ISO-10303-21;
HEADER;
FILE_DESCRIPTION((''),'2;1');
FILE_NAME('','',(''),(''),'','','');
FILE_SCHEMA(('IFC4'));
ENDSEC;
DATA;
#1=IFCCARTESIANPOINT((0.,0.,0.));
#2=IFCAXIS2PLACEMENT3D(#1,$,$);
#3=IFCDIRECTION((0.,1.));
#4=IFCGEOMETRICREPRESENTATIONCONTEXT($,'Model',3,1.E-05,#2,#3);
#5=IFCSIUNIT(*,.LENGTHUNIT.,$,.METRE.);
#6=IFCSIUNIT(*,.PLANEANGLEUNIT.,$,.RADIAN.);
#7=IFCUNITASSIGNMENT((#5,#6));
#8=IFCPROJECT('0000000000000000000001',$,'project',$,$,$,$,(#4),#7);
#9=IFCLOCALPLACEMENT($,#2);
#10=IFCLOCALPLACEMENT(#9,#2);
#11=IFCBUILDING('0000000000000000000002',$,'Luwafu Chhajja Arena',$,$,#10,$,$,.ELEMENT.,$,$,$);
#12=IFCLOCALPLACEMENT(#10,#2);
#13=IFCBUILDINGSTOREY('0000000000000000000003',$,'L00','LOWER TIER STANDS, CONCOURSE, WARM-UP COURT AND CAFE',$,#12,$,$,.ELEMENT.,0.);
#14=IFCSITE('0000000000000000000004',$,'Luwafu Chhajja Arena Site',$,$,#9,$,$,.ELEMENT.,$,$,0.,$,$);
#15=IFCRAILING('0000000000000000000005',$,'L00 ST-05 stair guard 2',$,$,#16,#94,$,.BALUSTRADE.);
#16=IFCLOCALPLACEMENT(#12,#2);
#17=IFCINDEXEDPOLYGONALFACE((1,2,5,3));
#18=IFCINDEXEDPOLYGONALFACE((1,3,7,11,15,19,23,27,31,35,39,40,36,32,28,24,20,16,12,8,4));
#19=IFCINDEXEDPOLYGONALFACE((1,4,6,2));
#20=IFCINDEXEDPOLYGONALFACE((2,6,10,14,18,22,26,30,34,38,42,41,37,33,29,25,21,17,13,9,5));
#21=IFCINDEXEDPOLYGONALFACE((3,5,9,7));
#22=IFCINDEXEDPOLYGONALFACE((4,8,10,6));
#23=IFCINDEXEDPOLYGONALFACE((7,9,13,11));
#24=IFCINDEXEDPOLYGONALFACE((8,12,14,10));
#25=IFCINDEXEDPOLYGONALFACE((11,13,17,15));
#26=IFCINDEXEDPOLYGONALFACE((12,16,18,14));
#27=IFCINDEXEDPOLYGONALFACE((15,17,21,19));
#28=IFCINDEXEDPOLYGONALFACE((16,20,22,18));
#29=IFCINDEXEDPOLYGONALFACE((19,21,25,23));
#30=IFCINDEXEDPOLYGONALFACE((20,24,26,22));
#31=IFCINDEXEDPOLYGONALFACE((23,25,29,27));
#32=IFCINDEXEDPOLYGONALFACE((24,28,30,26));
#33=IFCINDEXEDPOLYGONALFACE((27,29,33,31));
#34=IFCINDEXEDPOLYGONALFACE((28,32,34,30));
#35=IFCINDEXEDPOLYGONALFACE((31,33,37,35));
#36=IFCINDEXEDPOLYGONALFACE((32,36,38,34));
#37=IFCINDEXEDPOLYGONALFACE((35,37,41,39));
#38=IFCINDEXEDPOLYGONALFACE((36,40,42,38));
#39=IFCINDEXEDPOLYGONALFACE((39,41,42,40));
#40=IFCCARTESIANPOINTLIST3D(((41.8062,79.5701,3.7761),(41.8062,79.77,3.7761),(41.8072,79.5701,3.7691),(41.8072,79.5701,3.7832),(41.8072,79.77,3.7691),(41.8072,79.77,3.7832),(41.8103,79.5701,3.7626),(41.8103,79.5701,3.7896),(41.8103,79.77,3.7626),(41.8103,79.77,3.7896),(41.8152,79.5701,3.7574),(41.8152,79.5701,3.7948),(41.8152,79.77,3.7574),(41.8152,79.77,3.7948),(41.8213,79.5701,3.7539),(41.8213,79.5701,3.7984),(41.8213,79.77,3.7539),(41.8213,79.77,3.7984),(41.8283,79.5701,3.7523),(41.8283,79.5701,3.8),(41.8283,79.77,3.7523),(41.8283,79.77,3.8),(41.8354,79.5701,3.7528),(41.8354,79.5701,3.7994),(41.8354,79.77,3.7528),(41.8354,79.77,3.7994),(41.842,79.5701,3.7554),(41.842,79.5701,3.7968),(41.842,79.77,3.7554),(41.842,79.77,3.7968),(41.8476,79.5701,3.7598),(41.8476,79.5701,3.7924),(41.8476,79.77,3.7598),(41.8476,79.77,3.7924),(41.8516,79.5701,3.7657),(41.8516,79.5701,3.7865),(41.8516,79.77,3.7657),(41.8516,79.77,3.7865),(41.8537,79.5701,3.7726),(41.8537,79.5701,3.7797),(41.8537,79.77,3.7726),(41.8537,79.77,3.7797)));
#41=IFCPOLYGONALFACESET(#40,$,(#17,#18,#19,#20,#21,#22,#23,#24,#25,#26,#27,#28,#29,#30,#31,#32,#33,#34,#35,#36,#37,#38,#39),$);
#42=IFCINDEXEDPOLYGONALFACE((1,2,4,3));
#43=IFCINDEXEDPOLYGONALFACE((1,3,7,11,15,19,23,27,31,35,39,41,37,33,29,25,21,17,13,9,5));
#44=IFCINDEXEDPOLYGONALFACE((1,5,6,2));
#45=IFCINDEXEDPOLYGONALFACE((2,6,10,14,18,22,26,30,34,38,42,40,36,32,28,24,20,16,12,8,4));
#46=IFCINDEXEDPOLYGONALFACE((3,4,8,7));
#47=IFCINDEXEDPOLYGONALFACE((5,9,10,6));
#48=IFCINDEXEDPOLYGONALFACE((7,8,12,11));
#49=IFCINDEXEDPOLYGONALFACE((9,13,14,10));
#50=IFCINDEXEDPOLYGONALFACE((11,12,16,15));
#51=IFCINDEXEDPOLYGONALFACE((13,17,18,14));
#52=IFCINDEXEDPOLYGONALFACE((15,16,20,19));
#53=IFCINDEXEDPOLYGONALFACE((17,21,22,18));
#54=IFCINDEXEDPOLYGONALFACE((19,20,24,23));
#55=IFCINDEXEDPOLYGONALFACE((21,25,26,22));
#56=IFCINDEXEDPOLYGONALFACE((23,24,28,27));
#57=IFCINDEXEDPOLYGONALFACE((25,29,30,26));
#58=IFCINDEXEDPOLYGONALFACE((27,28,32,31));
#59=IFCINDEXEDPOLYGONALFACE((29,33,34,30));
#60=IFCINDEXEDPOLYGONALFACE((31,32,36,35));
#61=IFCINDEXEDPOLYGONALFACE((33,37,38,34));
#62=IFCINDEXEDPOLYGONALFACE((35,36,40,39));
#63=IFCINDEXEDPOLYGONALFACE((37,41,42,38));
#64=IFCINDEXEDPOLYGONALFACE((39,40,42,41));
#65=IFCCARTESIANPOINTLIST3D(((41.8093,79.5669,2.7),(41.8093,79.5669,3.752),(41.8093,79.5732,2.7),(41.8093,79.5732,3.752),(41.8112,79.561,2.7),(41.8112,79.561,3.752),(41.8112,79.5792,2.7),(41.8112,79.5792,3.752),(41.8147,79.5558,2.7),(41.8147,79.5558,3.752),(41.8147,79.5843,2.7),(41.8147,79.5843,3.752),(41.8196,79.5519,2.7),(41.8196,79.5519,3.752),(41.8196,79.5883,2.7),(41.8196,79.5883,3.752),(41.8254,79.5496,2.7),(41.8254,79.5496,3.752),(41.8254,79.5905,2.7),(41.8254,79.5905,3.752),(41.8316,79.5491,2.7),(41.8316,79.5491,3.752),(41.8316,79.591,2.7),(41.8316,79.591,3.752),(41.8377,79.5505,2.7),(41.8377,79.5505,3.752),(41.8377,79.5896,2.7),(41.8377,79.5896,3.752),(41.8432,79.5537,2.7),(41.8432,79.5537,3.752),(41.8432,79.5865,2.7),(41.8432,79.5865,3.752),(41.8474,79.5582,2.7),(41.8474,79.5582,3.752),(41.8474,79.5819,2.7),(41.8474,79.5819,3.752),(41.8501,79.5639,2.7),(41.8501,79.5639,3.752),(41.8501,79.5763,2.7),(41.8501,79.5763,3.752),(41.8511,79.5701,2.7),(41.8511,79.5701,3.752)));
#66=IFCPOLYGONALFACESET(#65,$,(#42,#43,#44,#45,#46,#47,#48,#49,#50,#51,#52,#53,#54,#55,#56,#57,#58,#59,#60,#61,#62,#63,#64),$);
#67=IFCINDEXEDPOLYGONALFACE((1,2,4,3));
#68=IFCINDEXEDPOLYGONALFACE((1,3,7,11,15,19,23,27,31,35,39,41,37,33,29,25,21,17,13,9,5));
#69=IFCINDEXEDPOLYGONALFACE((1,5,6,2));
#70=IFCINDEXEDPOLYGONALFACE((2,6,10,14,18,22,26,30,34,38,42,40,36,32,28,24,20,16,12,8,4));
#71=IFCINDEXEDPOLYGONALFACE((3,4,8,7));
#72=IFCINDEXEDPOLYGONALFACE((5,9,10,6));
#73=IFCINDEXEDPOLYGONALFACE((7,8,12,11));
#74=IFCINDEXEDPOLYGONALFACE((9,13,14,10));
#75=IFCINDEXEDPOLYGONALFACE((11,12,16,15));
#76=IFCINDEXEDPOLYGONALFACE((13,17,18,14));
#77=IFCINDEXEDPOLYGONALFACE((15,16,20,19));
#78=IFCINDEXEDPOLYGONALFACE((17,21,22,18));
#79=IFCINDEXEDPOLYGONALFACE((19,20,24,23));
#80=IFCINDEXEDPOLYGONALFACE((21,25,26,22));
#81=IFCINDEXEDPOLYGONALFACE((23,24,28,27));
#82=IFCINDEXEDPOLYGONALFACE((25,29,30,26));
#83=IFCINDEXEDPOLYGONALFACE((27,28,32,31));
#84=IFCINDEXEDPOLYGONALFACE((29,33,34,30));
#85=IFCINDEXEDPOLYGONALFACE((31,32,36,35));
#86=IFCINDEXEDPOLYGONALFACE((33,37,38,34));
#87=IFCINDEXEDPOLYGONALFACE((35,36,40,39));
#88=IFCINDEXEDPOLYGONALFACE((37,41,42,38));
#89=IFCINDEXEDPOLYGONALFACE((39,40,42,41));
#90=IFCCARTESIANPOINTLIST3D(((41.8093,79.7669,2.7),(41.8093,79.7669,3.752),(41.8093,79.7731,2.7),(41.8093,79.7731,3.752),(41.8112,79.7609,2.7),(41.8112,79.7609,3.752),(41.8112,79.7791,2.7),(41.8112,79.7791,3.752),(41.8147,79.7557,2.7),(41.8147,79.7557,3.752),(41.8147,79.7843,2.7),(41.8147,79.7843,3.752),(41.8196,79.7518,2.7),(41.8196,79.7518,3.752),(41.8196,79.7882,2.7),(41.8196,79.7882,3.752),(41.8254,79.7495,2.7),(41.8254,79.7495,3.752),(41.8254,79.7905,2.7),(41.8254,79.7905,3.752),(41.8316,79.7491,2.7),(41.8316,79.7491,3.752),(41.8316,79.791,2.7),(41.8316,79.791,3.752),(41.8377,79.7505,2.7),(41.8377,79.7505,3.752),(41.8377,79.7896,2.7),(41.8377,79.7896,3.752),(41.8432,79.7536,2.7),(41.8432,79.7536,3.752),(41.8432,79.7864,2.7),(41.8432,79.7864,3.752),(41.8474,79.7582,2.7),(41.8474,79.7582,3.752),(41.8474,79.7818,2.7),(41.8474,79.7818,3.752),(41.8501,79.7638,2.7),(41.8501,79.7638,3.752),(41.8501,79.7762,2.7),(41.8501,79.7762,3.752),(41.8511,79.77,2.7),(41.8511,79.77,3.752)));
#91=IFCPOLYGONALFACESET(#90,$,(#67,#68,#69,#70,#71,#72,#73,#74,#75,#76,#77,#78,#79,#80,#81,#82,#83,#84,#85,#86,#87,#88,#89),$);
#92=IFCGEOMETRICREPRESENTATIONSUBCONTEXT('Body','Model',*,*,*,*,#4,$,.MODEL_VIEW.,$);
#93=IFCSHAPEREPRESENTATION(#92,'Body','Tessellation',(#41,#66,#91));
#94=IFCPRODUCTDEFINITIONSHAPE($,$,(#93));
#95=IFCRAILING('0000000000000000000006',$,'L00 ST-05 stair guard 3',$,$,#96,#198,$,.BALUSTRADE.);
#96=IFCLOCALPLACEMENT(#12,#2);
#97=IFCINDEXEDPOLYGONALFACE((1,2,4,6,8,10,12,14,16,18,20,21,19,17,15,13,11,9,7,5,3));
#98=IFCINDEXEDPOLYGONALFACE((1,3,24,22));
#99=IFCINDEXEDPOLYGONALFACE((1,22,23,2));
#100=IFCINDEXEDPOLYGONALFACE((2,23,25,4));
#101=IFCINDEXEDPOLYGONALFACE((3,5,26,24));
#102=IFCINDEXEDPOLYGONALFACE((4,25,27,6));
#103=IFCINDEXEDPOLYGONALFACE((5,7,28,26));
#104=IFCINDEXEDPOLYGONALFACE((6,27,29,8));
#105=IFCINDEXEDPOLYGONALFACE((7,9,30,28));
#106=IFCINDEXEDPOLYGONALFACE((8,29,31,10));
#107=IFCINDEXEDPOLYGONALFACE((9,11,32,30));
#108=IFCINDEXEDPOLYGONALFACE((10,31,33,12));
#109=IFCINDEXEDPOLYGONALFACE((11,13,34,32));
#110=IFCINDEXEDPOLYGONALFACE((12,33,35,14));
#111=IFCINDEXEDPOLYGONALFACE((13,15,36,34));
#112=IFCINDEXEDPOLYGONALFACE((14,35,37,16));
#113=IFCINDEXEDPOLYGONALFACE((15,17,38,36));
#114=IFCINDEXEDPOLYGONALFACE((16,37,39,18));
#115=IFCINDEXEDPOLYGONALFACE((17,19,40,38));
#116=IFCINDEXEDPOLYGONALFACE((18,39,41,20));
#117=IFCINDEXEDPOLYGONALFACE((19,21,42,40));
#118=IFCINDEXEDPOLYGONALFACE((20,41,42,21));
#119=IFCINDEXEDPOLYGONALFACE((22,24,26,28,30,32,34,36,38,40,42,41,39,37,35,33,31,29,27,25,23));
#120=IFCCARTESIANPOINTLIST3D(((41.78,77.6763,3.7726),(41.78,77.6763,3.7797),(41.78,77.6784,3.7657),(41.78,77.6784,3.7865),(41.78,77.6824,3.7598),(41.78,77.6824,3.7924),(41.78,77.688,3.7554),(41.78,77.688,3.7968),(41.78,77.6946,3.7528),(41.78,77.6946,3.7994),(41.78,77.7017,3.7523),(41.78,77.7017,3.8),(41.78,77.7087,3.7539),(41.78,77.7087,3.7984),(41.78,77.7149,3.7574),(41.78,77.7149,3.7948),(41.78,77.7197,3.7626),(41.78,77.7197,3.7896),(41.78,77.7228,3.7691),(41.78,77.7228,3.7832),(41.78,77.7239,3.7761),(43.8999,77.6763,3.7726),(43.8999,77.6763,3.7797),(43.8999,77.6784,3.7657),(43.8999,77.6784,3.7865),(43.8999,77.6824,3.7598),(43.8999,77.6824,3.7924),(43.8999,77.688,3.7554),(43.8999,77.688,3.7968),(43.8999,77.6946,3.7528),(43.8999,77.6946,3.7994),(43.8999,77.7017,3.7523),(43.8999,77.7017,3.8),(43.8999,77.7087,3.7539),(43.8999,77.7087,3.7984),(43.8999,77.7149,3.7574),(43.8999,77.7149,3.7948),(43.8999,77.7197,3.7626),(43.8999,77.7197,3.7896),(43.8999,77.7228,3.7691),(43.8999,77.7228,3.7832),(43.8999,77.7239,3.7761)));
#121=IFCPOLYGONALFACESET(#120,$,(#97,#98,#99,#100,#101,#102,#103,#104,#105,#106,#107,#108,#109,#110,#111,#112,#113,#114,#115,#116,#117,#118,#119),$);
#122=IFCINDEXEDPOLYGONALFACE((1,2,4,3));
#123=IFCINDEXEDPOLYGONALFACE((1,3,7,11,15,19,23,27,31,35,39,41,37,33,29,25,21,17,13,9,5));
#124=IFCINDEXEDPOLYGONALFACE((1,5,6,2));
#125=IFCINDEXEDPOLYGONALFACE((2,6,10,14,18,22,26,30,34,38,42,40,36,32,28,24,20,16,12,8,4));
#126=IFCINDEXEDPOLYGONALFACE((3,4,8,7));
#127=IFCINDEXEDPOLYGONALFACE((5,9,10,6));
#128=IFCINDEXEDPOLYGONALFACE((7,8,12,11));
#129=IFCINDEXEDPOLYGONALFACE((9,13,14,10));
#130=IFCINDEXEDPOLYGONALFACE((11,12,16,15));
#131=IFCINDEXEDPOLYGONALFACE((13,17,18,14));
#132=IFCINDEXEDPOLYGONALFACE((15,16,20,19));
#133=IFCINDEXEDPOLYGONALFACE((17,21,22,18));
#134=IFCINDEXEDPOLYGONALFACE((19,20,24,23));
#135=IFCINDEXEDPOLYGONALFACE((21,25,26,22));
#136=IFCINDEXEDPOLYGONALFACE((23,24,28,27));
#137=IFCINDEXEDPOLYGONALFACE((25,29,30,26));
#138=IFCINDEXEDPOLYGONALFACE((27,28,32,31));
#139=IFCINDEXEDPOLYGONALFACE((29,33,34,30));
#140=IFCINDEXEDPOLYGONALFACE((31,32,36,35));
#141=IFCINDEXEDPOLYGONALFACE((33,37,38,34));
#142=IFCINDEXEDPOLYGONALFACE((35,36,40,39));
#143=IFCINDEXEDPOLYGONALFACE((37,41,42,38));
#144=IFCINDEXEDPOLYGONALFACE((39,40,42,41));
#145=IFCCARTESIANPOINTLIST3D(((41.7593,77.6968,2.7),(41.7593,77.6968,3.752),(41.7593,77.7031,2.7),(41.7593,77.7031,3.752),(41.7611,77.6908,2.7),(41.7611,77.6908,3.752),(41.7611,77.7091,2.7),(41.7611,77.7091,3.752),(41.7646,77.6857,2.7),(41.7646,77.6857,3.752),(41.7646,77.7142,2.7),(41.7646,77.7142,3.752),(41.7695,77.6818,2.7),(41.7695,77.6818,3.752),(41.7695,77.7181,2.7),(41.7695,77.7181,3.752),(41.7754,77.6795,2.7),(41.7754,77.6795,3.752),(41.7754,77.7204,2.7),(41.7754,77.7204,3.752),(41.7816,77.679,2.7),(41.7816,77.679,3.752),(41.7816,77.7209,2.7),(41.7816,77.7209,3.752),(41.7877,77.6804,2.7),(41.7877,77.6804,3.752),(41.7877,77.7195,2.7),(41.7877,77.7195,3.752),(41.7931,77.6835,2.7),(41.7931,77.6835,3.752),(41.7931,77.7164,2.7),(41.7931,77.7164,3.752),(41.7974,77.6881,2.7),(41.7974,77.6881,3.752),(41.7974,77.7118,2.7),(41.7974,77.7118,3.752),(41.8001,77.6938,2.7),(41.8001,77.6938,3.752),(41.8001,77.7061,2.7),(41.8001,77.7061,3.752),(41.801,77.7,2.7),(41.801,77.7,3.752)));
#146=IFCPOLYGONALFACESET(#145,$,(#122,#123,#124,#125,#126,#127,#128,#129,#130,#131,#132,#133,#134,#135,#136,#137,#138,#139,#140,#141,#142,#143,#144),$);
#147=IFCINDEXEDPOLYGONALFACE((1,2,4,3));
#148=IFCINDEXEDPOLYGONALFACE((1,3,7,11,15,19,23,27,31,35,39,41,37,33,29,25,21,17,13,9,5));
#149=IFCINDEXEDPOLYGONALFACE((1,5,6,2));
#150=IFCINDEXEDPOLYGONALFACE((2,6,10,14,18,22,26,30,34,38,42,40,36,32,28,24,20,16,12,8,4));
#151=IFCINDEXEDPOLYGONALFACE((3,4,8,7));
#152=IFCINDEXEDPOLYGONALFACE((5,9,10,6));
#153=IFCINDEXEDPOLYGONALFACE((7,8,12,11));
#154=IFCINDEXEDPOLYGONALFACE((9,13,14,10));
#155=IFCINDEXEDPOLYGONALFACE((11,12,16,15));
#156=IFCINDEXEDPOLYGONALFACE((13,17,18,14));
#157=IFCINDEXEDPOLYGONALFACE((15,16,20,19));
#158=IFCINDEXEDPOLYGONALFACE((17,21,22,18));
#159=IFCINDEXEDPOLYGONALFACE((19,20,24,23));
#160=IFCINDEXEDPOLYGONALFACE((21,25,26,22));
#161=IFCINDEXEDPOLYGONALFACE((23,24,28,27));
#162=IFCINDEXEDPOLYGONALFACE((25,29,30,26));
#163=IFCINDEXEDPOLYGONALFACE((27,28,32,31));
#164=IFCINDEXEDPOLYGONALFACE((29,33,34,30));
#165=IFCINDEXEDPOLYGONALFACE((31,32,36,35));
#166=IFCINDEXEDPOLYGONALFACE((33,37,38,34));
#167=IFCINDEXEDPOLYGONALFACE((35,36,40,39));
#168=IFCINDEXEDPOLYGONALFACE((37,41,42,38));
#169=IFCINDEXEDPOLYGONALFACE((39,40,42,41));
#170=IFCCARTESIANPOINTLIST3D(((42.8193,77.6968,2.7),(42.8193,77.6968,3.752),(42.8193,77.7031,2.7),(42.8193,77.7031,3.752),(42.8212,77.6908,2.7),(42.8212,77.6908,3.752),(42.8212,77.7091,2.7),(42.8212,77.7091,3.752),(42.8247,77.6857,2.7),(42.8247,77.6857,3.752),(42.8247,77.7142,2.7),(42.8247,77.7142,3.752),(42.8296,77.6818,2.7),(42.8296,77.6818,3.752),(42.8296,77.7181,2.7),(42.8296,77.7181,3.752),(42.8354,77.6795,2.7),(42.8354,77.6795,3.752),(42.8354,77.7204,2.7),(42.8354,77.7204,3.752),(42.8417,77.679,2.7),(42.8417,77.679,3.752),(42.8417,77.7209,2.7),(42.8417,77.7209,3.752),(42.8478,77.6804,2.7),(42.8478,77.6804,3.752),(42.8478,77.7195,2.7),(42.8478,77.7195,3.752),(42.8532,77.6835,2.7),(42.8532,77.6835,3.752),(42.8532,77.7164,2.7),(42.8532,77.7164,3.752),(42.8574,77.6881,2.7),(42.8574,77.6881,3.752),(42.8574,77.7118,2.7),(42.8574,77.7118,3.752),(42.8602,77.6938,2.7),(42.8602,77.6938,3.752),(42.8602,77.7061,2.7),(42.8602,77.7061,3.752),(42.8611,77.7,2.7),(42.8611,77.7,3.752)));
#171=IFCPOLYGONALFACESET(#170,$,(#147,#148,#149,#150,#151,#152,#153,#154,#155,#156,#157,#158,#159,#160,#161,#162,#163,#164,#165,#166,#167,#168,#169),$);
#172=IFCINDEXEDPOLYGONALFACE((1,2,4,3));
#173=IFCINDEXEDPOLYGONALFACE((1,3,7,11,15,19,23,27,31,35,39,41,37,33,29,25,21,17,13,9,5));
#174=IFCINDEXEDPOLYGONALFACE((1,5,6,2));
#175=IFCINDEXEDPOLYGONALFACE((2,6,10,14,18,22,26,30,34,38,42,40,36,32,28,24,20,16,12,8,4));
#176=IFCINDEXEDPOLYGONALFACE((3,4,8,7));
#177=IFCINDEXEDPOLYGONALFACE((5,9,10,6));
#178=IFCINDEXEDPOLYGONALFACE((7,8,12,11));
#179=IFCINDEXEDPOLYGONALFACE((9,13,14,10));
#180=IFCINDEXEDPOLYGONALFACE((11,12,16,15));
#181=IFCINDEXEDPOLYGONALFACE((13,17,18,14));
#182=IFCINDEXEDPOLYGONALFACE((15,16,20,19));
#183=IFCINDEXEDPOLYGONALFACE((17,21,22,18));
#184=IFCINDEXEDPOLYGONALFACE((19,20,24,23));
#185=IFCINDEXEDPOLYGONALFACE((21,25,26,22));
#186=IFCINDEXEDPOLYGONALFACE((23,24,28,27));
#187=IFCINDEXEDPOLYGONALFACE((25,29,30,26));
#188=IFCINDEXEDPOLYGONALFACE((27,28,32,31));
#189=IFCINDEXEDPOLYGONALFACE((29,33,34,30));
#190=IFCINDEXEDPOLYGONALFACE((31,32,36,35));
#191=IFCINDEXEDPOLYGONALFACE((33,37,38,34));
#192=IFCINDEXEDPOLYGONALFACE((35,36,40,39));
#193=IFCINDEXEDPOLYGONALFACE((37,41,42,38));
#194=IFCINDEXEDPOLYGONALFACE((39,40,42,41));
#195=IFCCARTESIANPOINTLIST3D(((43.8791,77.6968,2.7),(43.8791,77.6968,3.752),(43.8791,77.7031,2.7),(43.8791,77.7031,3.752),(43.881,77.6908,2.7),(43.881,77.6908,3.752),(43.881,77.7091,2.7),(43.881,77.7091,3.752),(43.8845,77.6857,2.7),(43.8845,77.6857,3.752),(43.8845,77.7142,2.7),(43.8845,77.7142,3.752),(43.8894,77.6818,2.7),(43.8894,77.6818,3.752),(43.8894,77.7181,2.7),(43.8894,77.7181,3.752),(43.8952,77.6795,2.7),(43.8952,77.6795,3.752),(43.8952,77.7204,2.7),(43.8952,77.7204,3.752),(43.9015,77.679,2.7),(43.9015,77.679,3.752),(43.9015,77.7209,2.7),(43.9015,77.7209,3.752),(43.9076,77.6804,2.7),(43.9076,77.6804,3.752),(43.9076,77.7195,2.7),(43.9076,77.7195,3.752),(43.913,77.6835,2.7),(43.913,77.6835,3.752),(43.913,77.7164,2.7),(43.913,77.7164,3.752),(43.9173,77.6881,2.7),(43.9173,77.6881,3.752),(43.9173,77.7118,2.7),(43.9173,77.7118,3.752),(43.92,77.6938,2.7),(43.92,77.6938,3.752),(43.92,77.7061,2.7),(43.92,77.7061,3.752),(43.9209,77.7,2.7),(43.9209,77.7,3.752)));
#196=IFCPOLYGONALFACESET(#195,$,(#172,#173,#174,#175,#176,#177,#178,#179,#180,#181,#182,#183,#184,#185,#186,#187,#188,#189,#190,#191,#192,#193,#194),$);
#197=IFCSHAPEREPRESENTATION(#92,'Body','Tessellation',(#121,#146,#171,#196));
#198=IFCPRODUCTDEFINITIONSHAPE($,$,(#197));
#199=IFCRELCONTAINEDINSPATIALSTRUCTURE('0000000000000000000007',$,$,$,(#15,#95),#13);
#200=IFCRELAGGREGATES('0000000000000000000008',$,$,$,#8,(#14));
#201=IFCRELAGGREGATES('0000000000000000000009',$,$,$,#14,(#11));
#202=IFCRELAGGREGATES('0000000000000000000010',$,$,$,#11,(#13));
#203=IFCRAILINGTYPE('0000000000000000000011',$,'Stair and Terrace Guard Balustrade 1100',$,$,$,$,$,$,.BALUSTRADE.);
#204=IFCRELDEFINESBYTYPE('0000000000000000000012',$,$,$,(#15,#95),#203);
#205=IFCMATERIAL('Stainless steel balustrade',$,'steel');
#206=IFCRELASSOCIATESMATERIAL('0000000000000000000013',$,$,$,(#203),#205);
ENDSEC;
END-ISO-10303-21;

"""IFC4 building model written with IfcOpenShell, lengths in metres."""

from ifc_helpers import new_model, si_unit, direction, frame, origin, origin_2d, place, context, subcontext, project, spatial, circle, extrude, material, type_object, element, save


model = new_model("IFC4")

# Units and contexts
model_context = context("Model", 3, precision=1e-05, world=origin(), true_north=direction((0.0, 1.0)))
body_context = subcontext(model_context, "Body", "Model", "MODEL_VIEW")
ifc_project = project(units=[si_unit("LENGTHUNIT", "METRE"), si_unit("PLANEANGLEUNIT", "RADIAN")], contexts=[model_context])

# Site, building, storey
site_placement = place(None, origin())
site = spatial("IfcSite", under=ifc_project, at=site_placement, Name="Luwafu Chhajja Arena Site", CompositionType="ELEMENT", RefElevation=0.0)
building_placement = place(site_placement, origin())
building = spatial("IfcBuilding", under=site, at=building_placement, Name="Luwafu Chhajja Arena", CompositionType="ELEMENT")
storey_placement = place(building_placement, origin())
storey = spatial("IfcBuildingStorey", under=building, at=storey_placement, Name="L00", Description="LOWER TIER STANDS, CONCOURSE, WARM-UP COURT AND CAFE", CompositionType="ELEMENT", Elevation=0.0)

# Railings
ifc_material_1 = material(Name="Stainless steel balustrade", Category="steel")
railing_type_1 = type_object("IfcRailingType", Name="Stair and Terrace Guard Balustrade 1100", PredefinedType="BALUSTRADE", material=ifc_material_1)
railing_1_placement = place(storey_placement, frame((41.8301, 79.5701, 2.7)))
element("IfcRailing", 1, at=railing_1_placement, inside=storey, type_object=railing_type_1, Name="L00 ST-05 stair guard 2", PredefinedType="BALUSTRADE", context=body_context, shape_type="SweptSolid", body=[
    extrude(circle(Radius=0.0239, at=origin_2d()), frame((0.0, 0.0, 1.0762), z_axis=(0.0, 1.0, 0.0), x_axis=(-1.0, 0.0, 0.0)), (0.0, 0.0, 1.0), 0.2),
    extrude(circle(Radius=0.021, at=origin_2d()), origin(), (0.0, 0.0, 1.0), 1.052),
    extrude(circle(Radius=0.021, at=origin_2d()), frame((0.0, 0.2, 0.0)), (0.0, 0.0, 1.0), 1.052),
])
for number, where, name in (
    (2, (41.78, 77.7, 2.7), "L00 ST-05 stair guard 3"),
):
    element("IfcRailing", number, at=place(storey_placement, frame(where)), inside=storey, type_object=railing_type_1, Name=name, PredefinedType="BALUSTRADE", context=body_context, shape_type="SweptSolid", body=[
        extrude(circle(Radius=0.0239, at=origin_2d()), frame((0.0, 0.0, 1.0762), z_axis=(1.0, 0.0, 0.0), x_axis=(0.0, 1.0, 0.0)), (0.0, 0.0, 1.0), 2.1199),
        extrude(circle(Radius=0.021, at=origin_2d()), origin(), (0.0, 0.0, 1.0), 1.052),
        extrude(circle(Radius=0.021, at=origin_2d()), frame((1.0601, 0.0, 0.0)), (0.0, 0.0, 1.0), 1.052),
        extrude(circle(Radius=0.021, at=origin_2d()), frame((2.1199, 0.0, 0.0)), (0.0, 0.0, 1.0), 1.052),
    ])

save(model, "model.ifc")
